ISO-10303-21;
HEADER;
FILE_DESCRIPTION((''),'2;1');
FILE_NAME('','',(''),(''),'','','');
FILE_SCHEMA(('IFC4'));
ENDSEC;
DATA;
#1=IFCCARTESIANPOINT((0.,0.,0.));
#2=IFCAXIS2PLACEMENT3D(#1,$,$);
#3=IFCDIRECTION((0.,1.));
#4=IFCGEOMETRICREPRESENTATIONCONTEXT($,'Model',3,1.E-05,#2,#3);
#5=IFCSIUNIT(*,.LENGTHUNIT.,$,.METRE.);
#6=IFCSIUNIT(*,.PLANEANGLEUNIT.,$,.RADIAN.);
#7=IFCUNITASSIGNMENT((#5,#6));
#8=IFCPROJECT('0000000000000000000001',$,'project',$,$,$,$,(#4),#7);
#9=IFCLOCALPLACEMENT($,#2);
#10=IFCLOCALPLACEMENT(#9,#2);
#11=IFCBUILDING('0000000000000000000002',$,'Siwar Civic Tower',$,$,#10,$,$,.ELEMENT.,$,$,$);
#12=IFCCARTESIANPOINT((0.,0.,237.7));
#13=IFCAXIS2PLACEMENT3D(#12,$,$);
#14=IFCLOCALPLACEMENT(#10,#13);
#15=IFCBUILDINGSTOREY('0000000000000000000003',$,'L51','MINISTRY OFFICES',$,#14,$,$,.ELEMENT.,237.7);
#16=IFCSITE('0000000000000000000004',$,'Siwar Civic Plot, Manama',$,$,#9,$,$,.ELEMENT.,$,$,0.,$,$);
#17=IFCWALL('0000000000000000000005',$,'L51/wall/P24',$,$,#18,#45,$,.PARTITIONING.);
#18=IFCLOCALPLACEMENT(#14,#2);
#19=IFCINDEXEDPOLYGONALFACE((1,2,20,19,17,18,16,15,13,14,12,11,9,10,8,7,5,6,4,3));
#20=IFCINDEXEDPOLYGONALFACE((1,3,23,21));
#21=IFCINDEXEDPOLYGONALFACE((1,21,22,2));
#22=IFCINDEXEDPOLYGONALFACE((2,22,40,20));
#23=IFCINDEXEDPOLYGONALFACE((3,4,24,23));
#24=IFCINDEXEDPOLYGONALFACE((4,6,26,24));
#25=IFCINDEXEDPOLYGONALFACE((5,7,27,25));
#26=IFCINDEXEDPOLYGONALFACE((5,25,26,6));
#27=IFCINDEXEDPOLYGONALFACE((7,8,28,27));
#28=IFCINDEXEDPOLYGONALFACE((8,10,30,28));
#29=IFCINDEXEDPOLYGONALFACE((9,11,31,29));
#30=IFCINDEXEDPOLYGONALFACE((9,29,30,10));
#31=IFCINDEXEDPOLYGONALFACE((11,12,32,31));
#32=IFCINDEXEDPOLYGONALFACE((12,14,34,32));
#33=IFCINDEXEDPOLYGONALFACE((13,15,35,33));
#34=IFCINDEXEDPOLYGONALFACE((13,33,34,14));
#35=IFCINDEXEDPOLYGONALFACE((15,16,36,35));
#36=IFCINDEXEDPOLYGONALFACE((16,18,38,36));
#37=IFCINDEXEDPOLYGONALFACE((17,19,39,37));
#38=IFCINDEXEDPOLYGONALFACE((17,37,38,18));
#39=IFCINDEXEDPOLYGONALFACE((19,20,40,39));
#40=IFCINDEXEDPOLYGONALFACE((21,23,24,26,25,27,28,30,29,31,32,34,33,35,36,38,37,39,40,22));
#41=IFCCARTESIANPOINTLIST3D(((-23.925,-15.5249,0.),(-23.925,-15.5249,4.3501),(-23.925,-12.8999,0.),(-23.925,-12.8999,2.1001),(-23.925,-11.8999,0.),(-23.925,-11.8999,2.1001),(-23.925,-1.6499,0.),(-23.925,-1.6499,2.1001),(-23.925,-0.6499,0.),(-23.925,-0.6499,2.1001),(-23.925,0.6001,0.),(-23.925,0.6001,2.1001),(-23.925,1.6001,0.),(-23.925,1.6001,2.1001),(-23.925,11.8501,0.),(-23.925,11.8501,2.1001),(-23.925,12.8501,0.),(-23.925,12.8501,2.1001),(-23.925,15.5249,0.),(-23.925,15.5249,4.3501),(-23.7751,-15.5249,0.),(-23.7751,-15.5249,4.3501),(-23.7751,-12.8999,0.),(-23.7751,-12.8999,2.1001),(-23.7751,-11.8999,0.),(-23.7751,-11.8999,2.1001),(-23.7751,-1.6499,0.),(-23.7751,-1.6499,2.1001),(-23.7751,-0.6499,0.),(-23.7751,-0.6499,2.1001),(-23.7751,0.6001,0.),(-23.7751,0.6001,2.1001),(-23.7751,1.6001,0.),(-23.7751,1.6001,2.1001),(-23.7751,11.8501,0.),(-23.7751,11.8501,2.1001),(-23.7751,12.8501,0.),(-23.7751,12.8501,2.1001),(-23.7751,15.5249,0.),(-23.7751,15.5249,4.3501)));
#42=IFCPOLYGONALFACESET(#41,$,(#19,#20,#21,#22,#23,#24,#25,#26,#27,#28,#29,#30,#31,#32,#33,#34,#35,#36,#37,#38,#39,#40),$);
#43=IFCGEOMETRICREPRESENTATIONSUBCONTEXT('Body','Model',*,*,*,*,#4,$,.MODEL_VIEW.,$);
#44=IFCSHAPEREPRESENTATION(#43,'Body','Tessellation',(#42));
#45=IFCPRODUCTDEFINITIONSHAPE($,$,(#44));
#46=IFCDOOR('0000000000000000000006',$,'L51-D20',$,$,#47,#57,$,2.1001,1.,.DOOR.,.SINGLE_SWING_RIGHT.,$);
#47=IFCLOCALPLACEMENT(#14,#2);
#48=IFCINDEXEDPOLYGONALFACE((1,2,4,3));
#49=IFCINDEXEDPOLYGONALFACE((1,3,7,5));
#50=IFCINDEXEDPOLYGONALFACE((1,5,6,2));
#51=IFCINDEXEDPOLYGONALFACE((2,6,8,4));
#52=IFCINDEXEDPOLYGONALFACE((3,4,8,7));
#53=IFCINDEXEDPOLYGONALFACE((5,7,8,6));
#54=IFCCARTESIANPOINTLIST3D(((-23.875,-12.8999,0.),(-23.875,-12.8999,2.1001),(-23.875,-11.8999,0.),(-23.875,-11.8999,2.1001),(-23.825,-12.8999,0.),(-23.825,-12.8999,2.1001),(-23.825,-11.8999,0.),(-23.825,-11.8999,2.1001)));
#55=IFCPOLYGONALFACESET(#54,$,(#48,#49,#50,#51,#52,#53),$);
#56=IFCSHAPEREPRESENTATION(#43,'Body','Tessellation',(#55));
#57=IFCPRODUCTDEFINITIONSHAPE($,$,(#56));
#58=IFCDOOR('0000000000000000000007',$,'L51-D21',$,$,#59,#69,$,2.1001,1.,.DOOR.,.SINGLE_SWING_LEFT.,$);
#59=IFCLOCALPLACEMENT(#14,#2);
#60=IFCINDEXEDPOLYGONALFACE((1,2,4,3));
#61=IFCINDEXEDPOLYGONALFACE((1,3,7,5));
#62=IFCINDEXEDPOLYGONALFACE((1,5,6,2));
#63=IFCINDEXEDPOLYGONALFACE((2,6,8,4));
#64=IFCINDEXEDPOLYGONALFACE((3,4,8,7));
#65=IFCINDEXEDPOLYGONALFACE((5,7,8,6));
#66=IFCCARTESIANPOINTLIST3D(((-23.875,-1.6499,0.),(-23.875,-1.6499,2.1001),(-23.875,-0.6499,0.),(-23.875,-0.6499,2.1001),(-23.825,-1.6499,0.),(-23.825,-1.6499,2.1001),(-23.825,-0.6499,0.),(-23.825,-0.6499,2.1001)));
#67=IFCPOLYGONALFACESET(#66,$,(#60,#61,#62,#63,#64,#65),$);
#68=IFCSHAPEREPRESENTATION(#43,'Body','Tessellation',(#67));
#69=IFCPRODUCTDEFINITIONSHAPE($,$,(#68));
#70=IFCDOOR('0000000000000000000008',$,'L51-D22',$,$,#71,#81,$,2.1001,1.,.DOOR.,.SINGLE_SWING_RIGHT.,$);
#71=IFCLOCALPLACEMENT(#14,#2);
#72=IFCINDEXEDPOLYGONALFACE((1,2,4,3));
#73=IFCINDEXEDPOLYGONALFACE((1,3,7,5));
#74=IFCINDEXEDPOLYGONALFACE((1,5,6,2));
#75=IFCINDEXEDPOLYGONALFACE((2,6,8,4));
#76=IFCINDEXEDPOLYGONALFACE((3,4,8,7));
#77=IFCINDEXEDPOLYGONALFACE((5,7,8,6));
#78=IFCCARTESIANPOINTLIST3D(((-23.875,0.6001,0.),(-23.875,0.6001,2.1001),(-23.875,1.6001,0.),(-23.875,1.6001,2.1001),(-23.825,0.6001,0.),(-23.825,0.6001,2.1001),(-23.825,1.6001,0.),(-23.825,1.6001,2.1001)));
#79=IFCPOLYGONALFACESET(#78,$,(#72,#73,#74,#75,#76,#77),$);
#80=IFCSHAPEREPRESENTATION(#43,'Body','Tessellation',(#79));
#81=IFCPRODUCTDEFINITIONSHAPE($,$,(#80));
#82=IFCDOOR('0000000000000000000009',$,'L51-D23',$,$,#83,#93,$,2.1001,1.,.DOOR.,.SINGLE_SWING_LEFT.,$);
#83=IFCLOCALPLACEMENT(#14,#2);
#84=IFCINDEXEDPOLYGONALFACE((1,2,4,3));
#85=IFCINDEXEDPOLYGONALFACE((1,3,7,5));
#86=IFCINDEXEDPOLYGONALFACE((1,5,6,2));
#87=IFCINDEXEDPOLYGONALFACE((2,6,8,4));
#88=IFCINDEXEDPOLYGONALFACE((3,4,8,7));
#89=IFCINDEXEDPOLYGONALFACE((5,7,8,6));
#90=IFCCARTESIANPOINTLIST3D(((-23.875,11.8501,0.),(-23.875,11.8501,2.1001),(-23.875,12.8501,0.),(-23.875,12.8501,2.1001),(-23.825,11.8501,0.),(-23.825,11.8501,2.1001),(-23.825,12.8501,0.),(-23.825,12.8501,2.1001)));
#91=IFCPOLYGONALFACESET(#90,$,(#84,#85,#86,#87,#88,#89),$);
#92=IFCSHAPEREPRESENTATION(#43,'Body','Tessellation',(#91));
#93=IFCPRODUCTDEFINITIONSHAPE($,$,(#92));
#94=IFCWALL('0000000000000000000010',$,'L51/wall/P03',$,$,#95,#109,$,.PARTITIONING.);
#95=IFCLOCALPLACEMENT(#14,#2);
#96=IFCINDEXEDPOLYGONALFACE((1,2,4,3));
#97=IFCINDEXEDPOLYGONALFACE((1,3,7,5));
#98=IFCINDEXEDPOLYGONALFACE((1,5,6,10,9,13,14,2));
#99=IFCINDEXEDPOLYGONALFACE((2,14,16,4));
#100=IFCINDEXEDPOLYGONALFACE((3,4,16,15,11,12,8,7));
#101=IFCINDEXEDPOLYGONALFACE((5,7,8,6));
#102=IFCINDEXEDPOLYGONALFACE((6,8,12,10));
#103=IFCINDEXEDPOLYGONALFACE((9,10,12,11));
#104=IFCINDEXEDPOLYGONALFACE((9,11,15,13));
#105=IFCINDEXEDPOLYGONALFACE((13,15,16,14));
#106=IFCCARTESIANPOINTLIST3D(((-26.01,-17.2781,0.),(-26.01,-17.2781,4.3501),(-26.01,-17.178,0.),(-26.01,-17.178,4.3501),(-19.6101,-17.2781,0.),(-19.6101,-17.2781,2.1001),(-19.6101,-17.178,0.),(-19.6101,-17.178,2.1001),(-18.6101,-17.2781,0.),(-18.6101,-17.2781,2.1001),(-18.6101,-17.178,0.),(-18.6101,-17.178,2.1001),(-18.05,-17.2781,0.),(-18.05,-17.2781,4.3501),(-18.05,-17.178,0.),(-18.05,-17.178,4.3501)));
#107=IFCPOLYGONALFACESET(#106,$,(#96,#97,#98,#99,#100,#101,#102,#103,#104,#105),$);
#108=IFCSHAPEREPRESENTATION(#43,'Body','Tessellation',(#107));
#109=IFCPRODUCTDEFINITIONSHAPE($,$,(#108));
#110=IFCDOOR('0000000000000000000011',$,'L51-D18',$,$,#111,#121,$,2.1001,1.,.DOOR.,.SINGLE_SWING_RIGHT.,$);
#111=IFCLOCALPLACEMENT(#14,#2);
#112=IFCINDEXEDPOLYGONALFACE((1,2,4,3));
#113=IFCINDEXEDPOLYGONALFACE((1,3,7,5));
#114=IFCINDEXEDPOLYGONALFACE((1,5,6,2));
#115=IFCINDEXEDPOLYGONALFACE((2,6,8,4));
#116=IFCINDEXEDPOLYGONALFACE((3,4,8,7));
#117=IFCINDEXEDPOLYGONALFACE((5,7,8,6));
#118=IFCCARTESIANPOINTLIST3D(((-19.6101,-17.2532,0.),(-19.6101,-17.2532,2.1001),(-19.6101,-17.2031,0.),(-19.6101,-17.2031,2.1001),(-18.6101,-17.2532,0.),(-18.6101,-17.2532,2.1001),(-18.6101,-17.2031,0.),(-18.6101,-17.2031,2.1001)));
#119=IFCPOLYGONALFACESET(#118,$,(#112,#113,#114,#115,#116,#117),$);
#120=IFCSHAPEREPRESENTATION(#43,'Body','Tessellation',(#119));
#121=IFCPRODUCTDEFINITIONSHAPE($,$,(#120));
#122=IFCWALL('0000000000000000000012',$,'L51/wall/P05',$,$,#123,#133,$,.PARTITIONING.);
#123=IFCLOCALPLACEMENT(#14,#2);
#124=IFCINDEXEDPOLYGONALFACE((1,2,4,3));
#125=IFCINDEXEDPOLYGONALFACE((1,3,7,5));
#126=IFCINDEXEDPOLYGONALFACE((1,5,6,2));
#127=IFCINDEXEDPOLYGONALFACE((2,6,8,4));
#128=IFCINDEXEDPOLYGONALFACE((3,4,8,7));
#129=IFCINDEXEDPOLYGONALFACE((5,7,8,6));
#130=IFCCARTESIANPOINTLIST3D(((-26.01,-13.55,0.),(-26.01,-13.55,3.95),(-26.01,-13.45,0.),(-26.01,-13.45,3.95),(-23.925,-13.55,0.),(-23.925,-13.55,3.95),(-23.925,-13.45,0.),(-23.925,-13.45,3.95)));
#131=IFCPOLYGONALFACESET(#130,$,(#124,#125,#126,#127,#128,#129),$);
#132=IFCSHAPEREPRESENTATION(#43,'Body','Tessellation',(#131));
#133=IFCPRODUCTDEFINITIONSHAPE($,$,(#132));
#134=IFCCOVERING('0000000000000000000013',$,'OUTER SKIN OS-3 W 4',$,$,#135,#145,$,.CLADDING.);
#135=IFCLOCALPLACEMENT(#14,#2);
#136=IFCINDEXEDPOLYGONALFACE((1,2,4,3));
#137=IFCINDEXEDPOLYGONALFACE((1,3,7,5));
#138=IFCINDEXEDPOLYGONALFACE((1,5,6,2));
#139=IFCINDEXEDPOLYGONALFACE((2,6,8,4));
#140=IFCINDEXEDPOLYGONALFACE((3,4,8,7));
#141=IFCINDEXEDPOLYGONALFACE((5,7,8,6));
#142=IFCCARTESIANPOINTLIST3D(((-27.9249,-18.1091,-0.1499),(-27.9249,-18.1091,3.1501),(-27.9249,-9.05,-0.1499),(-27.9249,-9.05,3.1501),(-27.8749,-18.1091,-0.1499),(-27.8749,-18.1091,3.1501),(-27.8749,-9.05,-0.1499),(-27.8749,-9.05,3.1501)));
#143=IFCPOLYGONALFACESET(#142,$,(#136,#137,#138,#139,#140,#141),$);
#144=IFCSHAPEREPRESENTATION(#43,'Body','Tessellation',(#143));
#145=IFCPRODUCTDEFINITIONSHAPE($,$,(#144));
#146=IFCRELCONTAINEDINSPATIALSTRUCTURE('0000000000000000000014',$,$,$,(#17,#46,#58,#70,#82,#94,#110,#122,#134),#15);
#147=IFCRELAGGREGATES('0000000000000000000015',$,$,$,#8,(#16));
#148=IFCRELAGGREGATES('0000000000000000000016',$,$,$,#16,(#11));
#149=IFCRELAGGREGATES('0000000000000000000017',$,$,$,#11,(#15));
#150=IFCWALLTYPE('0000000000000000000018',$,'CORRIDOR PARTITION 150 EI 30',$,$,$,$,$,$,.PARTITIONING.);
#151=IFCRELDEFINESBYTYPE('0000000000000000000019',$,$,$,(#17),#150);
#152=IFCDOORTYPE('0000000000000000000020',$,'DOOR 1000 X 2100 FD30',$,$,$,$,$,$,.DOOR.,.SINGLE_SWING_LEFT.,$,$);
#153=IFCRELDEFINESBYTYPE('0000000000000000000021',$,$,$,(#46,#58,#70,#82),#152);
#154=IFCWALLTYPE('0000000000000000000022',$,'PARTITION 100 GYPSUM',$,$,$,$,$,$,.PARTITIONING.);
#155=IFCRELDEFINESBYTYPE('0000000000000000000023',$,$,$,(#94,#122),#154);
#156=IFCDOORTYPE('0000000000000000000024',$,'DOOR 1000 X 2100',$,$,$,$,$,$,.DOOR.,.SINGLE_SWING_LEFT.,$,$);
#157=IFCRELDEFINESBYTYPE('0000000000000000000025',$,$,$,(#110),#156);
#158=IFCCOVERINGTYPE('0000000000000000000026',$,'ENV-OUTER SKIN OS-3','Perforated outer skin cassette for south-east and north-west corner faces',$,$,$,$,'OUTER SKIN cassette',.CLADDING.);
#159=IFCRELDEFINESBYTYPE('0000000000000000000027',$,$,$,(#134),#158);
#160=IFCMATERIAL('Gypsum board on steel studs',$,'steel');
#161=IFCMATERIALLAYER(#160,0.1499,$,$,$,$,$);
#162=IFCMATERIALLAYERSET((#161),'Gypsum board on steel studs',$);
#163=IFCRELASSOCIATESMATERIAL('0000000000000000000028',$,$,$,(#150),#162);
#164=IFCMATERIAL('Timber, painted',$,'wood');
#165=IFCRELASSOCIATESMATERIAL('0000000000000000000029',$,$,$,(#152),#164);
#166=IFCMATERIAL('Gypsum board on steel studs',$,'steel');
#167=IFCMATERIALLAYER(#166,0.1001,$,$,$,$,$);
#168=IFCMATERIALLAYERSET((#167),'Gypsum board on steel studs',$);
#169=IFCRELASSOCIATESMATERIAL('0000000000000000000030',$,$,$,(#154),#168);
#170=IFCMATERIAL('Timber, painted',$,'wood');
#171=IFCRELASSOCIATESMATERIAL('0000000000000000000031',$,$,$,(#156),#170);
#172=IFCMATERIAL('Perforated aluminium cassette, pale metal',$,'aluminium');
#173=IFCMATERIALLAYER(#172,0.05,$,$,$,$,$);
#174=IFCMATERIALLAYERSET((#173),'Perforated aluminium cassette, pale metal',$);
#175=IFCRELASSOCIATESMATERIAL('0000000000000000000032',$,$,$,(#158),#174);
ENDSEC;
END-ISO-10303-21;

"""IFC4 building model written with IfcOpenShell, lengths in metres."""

from ifc_helpers import new_model, si_unit, direction, frame, frame_2d, origin, origin_2d, place, context, subcontext, project, spatial, rectangle, extrude, material, layer, layer_set, type_object, element, fill, save


model = new_model("IFC4")

# Units and contexts
model_context = context("Model", 3, precision=1e-05, world=origin(), true_north=direction((0.0, 1.0)))
body_context = subcontext(model_context, "Body", "Model", "MODEL_VIEW")
ifc_project = project(units=[si_unit("LENGTHUNIT", "METRE"), si_unit("PLANEANGLEUNIT", "RADIAN")], contexts=[model_context])

# Site, building, storey
site_placement = place(None, origin())
site = spatial("IfcSite", under=ifc_project, at=site_placement, Name="Siwar Civic Plot, Manama", CompositionType="ELEMENT", RefElevation=0.0)
building_placement = place(site_placement, origin())
building = spatial("IfcBuilding", under=site, at=building_placement, Name="Siwar Civic Tower", CompositionType="ELEMENT")
storey_placement = place(building_placement, frame((0.0, 0.0, 237.7)))
storey = spatial("IfcBuildingStorey", under=building, at=storey_placement, Name="L51", Description="MINISTRY OFFICES", CompositionType="ELEMENT", Elevation=237.7)

# Wall, openings, doors
ifc_material_1 = material(Name="Gypsum board on steel studs", Category="steel")
ifc_layer_1 = layer(ifc_material_1, 0.1499)
ifc_layer_set_1 = layer_set([ifc_layer_1], Name="Gypsum board on steel studs")
wall_type_1 = type_object("IfcWallType", Name="CORRIDOR PARTITION 150 EI 30", PredefinedType="PARTITIONING", material=ifc_layer_set_1)
ifc_material_2 = material(Name="Timber, painted", Category="wood")
door_type_1 = type_object("IfcDoorType", Name="DOOR 1000 X 2100 FD30", OperationType="SINGLE_SWING_LEFT", PredefinedType="DOOR", material=ifc_material_2)
wall_1_placement = place(storey_placement, frame((-23.8501, -15.5249, 0.0), z_axis=(0.0, 0.0, 1.0), x_axis=(0.0, 1.0, 0.0)))
wall_1 = element("IfcWall", 1, at=wall_1_placement, inside=storey, type_object=wall_type_1, Name="L51/wall/P24", PredefinedType="PARTITIONING", context=body_context, shape_type="SweptSolid", body=[
    extrude(rectangle(XDim=31.0498, YDim=0.1499, at=frame_2d((15.5249, 0.0))), origin(), (0.0, 0.0, 1.0), 4.3501),
])
opening_1_placement = place(wall_1_placement, frame((2.625, 0.0, 0.0)))
opening_1 = element("IfcOpeningElement", 2, at=opening_1_placement, cuts=wall_1, PredefinedType="OPENING", context=body_context, shape_type="SweptSolid", body=[
    extrude(rectangle(XDim=1.0, YDim=2.1001, at=frame_2d((0.5, 1.05))), frame((0.0, 0.085, 0.0), z_axis=(0.0, -1.0, 0.0), x_axis=(1.0, 0.0, 0.0)), (0.0, 0.0, 1.0), 0.1699),
])
opening_2_placement = place(wall_1_placement, frame((13.875, 0.0, 0.0)))
opening_2 = element("IfcOpeningElement", 3, at=opening_2_placement, cuts=wall_1, PredefinedType="OPENING", context=body_context, shape_type="SweptSolid", body=[
    extrude(rectangle(XDim=1.0, YDim=2.1001, at=frame_2d((0.5, 1.05))), frame((0.0, 0.085, 0.0), z_axis=(0.0, -1.0, 0.0), x_axis=(1.0, 0.0, 0.0)), (0.0, 0.0, 1.0), 0.1699),
])
opening_3_placement = place(wall_1_placement, frame((16.125, 0.0, 0.0)))
opening_3 = element("IfcOpeningElement", 4, at=opening_3_placement, cuts=wall_1, PredefinedType="OPENING", context=body_context, shape_type="SweptSolid", body=[
    extrude(rectangle(XDim=1.0, YDim=2.1001, at=frame_2d((0.5, 1.05))), frame((0.0, 0.085, 0.0), z_axis=(0.0, -1.0, 0.0), x_axis=(1.0, 0.0, 0.0)), (0.0, 0.0, 1.0), 0.1699),
])
opening_4_placement = place(wall_1_placement, frame((27.375, 0.0, 0.0)))
opening_4 = element("IfcOpeningElement", 5, at=opening_4_placement, cuts=wall_1, PredefinedType="OPENING", context=body_context, shape_type="SweptSolid", body=[
    extrude(rectangle(XDim=1.0, YDim=2.1001, at=frame_2d((0.5, 1.05))), frame((0.0, 0.085, 0.0), z_axis=(0.0, -1.0, 0.0), x_axis=(1.0, 0.0, 0.0)), (0.0, 0.0, 1.0), 0.1699),
])
door_1_placement = place(opening_1_placement, origin())
door_1 = element("IfcDoor", 6, at=door_1_placement, inside=storey, type_object=door_type_1, Name="L51-D20", OperationType="SINGLE_SWING_RIGHT", OverallHeight=2.1001, OverallWidth=1.0, PredefinedType="DOOR", context=body_context, shape_type="SweptSolid", body=[
    extrude(rectangle(XDim=1.0, YDim=2.1001, at=frame_2d((0.5, 1.05))), frame((0.0, 0.0249, 0.0), z_axis=(0.0, -1.0, 0.0), x_axis=(1.0, 0.0, 0.0)), (0.0, 0.0, 1.0), 0.05),
])
fill(opening_1, door_1)
door_2_placement = place(opening_2_placement, origin())
door_2 = element("IfcDoor", 7, at=door_2_placement, inside=storey, type_object=door_type_1, Name="L51-D21", OperationType="SINGLE_SWING_LEFT", OverallHeight=2.1001, OverallWidth=1.0, PredefinedType="DOOR", context=body_context, shape_type="SweptSolid", body=[
    extrude(rectangle(XDim=1.0, YDim=2.1001, at=frame_2d((0.5, 1.05))), frame((0.0, 0.0249, 0.0), z_axis=(0.0, -1.0, 0.0), x_axis=(1.0, 0.0, 0.0)), (0.0, 0.0, 1.0), 0.05),
])
fill(opening_2, door_2)
door_3_placement = place(opening_3_placement, origin())
door_3 = element("IfcDoor", 8, at=door_3_placement, inside=storey, type_object=door_type_1, Name="L51-D22", OperationType="SINGLE_SWING_RIGHT", OverallHeight=2.1001, OverallWidth=1.0, PredefinedType="DOOR", context=body_context, shape_type="SweptSolid", body=[
    extrude(rectangle(XDim=1.0, YDim=2.1001, at=frame_2d((0.5, 1.05))), frame((0.0, 0.0249, 0.0), z_axis=(0.0, -1.0, 0.0), x_axis=(1.0, 0.0, 0.0)), (0.0, 0.0, 1.0), 0.05),
])
fill(opening_3, door_3)
door_4_placement = place(opening_4_placement, origin())
door_4 = element("IfcDoor", 9, at=door_4_placement, inside=storey, type_object=door_type_1, Name="L51-D23", OperationType="SINGLE_SWING_LEFT", OverallHeight=2.1001, OverallWidth=1.0, PredefinedType="DOOR", context=body_context, shape_type="SweptSolid", body=[
    extrude(rectangle(XDim=1.0, YDim=2.1001, at=frame_2d((0.5, 1.05))), frame((0.0, 0.0249, 0.0), z_axis=(0.0, -1.0, 0.0), x_axis=(1.0, 0.0, 0.0)), (0.0, 0.0, 1.0), 0.05),
])
fill(opening_4, door_4)

# Wall, opening, door
ifc_material_3 = material(Name="Gypsum board on steel studs", Category="steel")
ifc_layer_2 = layer(ifc_material_3, 0.1001)
ifc_layer_set_2 = layer_set([ifc_layer_2], Name="Gypsum board on steel studs")
wall_type_2 = type_object("IfcWallType", Name="PARTITION 100 GYPSUM", PredefinedType="PARTITIONING", material=ifc_layer_set_2)
wall_2_placement = place(storey_placement, frame((-26.01, -17.228, 0.0), z_axis=(0.0, 0.0, 1.0), x_axis=(1.0, 0.0, 0.0)))
wall_2 = element("IfcWall", 10, at=wall_2_placement, inside=storey, type_object=wall_type_2, Name="L51/wall/P03", PredefinedType="PARTITIONING", context=body_context, shape_type="SweptSolid", body=[
    extrude(rectangle(XDim=7.96, YDim=0.1001, at=frame_2d((3.98, 0.0))), origin(), (0.0, 0.0, 1.0), 4.3501),
])
opening_5_placement = place(wall_2_placement, frame((6.3999, 0.0, 0.0)))
opening_5 = element("IfcOpeningElement", 11, at=opening_5_placement, cuts=wall_2, PredefinedType="OPENING", context=body_context, shape_type="SweptSolid", body=[
    extrude(rectangle(XDim=1.0, YDim=2.1001, at=frame_2d((0.5, 1.05))), frame((0.0, 0.0601, 0.0), z_axis=(0.0, -1.0, 0.0), x_axis=(1.0, 0.0, 0.0)), (0.0, 0.0, 1.0), 0.1201),
])
ifc_material_4 = material(Name="Timber, painted", Category="wood")
door_type_2 = type_object("IfcDoorType", Name="DOOR 1000 X 2100", OperationType="SINGLE_SWING_LEFT", PredefinedType="DOOR", material=ifc_material_4)
door_5_placement = place(opening_5_placement, origin())
door_5 = element("IfcDoor", 12, at=door_5_placement, inside=storey, type_object=door_type_2, Name="L51-D18", OperationType="SINGLE_SWING_RIGHT", OverallHeight=2.1001, OverallWidth=1.0, PredefinedType="DOOR", context=body_context, shape_type="SweptSolid", body=[
    extrude(rectangle(XDim=1.0, YDim=2.1001, at=frame_2d((0.5, 1.05))), frame((0.0, 0.0249, 0.0), z_axis=(0.0, -1.0, 0.0), x_axis=(1.0, 0.0, 0.0)), (0.0, 0.0, 1.0), 0.05),
])
fill(opening_5, door_5)

# Wall
wall_3_placement = place(storey_placement, frame((-26.01, -13.5, 0.0), z_axis=(0.0, 0.0, 1.0), x_axis=(1.0, 0.0, 0.0)))
element("IfcWall", 13, at=wall_3_placement, inside=storey, type_object=wall_type_2, Name="L51/wall/P05", PredefinedType="PARTITIONING", context=body_context, shape_type="SweptSolid", body=[
    extrude(rectangle(XDim=2.085, YDim=0.1001, at=frame_2d((1.0425, 0.0))), origin(), (0.0, 0.0, 1.0), 3.95),
])

# Covering
ifc_material_5 = material(Name="Perforated aluminium cassette, pale metal", Category="aluminium")
ifc_layer_3 = layer(ifc_material_5, 0.05)
ifc_layer_set_3 = layer_set([ifc_layer_3], Name="Perforated aluminium cassette, pale metal")
covering_type = type_object("IfcCoveringType", Name="ENV-OUTER SKIN OS-3", Description="Perforated outer skin cassette for south-east and north-west corner faces", ElementType="OUTER SKIN cassette", PredefinedType="CLADDING", material=ifc_layer_set_3)
covering_placement = place(storey_placement, frame((-27.8999, -13.5796, -0.1499), z_axis=(0.0, 0.0, 1.0), x_axis=(0.0, -1.0, 0.0)))
element("IfcCovering", 14, at=covering_placement, inside=storey, type_object=covering_type, Name="OUTER SKIN OS-3 W 4", PredefinedType="CLADDING", context=body_context, shape_type="SweptSolid", body=[
    extrude(rectangle(XDim=9.0591, YDim=0.05, at=origin_2d()), origin(), (0.0, 0.0, 1.0), 3.3),
])

save(model, "model.ifc")
